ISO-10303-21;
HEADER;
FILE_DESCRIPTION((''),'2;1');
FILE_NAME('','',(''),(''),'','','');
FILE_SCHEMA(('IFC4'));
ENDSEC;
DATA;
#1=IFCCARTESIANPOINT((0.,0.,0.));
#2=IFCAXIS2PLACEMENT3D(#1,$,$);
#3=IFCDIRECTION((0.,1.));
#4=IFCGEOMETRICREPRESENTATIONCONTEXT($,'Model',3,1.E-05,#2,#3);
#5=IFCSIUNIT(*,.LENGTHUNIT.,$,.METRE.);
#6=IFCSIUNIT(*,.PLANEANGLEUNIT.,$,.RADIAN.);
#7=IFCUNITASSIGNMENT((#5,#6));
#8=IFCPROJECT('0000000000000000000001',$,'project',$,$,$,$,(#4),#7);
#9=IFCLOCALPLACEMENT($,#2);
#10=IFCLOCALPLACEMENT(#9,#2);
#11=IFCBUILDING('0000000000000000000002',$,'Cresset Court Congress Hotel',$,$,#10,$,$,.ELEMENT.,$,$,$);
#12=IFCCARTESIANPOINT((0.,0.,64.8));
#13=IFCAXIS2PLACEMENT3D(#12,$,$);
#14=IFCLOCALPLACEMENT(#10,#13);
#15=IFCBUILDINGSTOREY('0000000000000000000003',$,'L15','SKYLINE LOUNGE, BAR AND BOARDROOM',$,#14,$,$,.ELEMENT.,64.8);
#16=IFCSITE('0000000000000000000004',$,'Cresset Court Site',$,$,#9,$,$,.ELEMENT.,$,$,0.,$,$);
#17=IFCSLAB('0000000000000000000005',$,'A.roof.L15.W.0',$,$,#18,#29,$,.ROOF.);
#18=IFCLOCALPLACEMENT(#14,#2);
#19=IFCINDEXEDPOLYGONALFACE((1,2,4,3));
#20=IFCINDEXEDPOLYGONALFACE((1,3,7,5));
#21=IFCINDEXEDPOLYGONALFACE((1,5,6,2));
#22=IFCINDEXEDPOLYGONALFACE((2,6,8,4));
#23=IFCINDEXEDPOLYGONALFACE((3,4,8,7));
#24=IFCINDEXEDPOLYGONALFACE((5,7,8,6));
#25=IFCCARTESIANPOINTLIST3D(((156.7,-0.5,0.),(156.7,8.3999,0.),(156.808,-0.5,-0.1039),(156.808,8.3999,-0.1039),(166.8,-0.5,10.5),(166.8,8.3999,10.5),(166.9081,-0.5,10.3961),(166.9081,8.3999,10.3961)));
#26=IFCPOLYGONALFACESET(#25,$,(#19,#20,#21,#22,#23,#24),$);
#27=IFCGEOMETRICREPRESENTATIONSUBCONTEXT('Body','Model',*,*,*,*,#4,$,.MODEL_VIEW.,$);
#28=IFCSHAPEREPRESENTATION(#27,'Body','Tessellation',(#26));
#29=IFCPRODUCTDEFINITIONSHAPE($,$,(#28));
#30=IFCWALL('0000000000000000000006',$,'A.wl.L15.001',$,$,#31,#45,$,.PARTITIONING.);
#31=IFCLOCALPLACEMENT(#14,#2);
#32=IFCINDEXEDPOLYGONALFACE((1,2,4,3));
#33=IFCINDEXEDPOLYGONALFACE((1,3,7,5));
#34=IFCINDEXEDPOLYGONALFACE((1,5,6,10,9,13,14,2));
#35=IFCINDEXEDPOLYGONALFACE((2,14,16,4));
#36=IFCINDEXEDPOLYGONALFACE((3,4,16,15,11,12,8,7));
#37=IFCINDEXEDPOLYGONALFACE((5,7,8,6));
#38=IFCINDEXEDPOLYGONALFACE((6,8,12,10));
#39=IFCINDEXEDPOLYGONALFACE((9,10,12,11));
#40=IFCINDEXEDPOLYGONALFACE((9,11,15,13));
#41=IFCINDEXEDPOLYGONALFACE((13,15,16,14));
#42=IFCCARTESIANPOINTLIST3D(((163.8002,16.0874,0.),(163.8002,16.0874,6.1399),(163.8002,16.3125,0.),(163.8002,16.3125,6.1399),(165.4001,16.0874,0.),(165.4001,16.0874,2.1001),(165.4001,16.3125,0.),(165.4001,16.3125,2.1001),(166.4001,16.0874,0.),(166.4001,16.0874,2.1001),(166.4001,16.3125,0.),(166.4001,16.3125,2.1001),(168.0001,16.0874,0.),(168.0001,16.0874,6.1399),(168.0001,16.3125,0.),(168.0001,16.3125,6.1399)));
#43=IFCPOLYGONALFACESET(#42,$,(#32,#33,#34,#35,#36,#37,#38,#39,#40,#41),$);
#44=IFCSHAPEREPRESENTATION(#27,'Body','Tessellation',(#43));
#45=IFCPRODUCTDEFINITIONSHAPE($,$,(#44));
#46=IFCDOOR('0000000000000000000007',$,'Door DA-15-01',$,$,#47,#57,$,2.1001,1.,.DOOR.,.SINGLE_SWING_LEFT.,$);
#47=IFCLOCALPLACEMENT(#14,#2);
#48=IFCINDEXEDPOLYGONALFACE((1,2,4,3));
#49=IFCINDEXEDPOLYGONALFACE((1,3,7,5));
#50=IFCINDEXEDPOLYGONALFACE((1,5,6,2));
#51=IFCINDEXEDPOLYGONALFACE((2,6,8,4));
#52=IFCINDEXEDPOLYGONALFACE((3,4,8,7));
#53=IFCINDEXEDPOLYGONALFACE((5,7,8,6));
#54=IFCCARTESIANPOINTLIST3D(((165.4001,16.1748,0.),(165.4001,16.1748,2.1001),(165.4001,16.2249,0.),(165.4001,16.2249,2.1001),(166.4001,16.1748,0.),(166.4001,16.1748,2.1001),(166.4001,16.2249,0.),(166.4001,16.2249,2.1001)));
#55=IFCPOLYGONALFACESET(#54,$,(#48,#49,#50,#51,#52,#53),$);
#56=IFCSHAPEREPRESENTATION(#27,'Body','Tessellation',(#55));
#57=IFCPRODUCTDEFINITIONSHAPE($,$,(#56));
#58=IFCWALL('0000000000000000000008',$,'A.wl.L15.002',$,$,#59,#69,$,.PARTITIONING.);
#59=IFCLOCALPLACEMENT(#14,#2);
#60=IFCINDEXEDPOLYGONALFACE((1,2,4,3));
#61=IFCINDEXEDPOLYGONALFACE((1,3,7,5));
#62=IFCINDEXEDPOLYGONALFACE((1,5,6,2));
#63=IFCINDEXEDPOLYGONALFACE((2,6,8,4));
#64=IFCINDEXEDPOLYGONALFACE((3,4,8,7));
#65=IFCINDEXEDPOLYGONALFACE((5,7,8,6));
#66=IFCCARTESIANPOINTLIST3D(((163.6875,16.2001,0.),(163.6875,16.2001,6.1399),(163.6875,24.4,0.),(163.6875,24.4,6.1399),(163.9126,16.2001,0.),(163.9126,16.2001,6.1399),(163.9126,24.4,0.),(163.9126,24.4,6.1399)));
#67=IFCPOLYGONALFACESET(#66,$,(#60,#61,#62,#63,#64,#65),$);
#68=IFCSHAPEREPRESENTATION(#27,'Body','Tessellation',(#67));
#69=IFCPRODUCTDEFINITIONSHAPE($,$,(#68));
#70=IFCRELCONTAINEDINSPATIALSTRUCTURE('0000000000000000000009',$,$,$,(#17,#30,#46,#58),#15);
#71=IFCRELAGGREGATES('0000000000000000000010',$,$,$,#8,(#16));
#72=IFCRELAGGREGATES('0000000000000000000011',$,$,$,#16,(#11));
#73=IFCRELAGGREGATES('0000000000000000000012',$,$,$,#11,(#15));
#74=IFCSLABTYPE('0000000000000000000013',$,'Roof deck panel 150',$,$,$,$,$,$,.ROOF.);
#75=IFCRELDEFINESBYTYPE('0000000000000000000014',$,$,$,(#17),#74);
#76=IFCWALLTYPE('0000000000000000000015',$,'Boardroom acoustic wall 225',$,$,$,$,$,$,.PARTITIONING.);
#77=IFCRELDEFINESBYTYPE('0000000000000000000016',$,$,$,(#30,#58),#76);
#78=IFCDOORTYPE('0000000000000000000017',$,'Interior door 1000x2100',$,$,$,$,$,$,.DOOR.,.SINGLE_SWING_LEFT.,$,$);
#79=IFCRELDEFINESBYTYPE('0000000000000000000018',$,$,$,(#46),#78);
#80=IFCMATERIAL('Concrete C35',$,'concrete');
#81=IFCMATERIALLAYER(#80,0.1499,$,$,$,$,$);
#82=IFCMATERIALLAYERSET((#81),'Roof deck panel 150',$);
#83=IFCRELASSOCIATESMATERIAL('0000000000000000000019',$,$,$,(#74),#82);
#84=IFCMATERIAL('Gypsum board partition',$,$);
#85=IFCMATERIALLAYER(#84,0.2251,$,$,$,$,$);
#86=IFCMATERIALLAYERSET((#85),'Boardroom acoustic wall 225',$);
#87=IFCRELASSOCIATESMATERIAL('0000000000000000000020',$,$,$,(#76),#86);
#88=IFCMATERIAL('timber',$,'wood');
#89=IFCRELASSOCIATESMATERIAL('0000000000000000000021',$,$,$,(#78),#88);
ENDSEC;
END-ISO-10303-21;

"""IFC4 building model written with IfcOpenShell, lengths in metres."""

from ifc_helpers import new_model, si_unit, direction, frame, frame_2d, origin, place, context, subcontext, project, spatial, polyline, rectangle, outline, extrude, material, layer, layer_set, type_object, element, fill, save


model = new_model("IFC4")

# Units and contexts
model_context = context("Model", 3, precision=1e-05, world=origin(), true_north=direction((0.0, 1.0)))
body_context = subcontext(model_context, "Body", "Model", "MODEL_VIEW")
ifc_project = project(units=[si_unit("LENGTHUNIT", "METRE"), si_unit("PLANEANGLEUNIT", "RADIAN")], contexts=[model_context])

# Site, building, storey
site_placement = place(None, origin())
site = spatial("IfcSite", under=ifc_project, at=site_placement, Name="Cresset Court Site", CompositionType="ELEMENT", RefElevation=0.0)
building_placement = place(site_placement, origin())
building = spatial("IfcBuilding", under=site, at=building_placement, Name="Cresset Court Congress Hotel", CompositionType="ELEMENT")
storey_placement = place(building_placement, frame((0.0, 0.0, 64.8)))
storey = spatial("IfcBuildingStorey", under=building, at=storey_placement, Name="L15", Description="SKYLINE LOUNGE, BAR AND BOARDROOM", CompositionType="ELEMENT", Elevation=64.8)

# Slab
ifc_material_1 = material(Name="Concrete C35", Category="concrete")
ifc_layer_1 = layer(ifc_material_1, 0.1499)
ifc_layer_set_1 = layer_set([ifc_layer_1], Name="Roof deck panel 150")
slab_type = type_object("IfcSlabType", Name="Roof deck panel 150", PredefinedType="ROOF", material=ifc_layer_set_1)
slab_placement = place(storey_placement, frame((166.8, -0.5, 10.5), z_axis=(-0.720698, 0.0, 0.693249), x_axis=(-0.693249, 0.0, -0.720698)))
element("IfcSlab", 1, at=slab_placement, inside=storey, type_object=slab_type, Name="A.roof.L15.W.0", PredefinedType="ROOF", context=body_context, shape_type="SweptSolid", body=[
    extrude(outline(polyline([(0.0, 0.0), (14.5692, 0.0), (14.5692, -8.8999), (0.0, -8.8999), (0.0, 0.0)])), origin(), (0.0, 0.0, -1.0), 0.1499),
])

# Wall, opening, door
ifc_material_2 = material(Name="Gypsum board partition")
ifc_layer_2 = layer(ifc_material_2, 0.2251)
ifc_layer_set_2 = layer_set([ifc_layer_2], Name="Boardroom acoustic wall 225")
wall_type = type_object("IfcWallType", Name="Boardroom acoustic wall 225", PredefinedType="PARTITIONING", material=ifc_layer_set_2)
wall_1_placement = place(storey_placement, frame((163.8, 16.2, 0.0), z_axis=(0.0, 0.0, 1.0), x_axis=(1.0, 0.0, 0.0)))
wall_1 = element("IfcWall", 2, at=wall_1_placement, inside=storey, type_object=wall_type, Name="A.wl.L15.001", PredefinedType="PARTITIONING", context=body_context, shape_type="SweptSolid", body=[
    extrude(rectangle(XDim=4.2, YDim=0.2251, at=frame_2d((2.1001, 0.0))), origin(), (0.0, 0.0, 1.0), 6.1399),
])
opening_placement = place(wall_1_placement, frame((1.6001, 0.0, 0.0)))
opening = element("IfcOpeningElement", 3, at=opening_placement, cuts=wall_1, PredefinedType="OPENING", context=body_context, shape_type="SweptSolid", body=[
    extrude(rectangle(XDim=1.0, YDim=2.1001, at=frame_2d((0.5, 1.05))), frame((0.0, 0.1226, 0.0), z_axis=(0.0, -1.0, 0.0), x_axis=(1.0, 0.0, 0.0)), (0.0, 0.0, 1.0), 0.2451),
])
ifc_material_3 = material(Name="timber", Category="wood")
door_type = type_object("IfcDoorType", Name="Interior door 1000x2100", OperationType="SINGLE_SWING_LEFT", PredefinedType="DOOR", material=ifc_material_3)
door_placement = place(opening_placement, origin())
door = element("IfcDoor", 4, at=door_placement, inside=storey, type_object=door_type, Name="Door DA-15-01", OperationType="SINGLE_SWING_LEFT", OverallHeight=2.1001, OverallWidth=1.0, PredefinedType="DOOR", context=body_context, shape_type="SweptSolid", body=[
    extrude(rectangle(XDim=1.0, YDim=2.1001, at=frame_2d((0.5, 1.05))), frame((0.0, 0.0249, 0.0), z_axis=(0.0, -1.0, 0.0), x_axis=(1.0, 0.0, 0.0)), (0.0, 0.0, 1.0), 0.05),
])
fill(opening, door)

# Wall
wall_2_placement = place(storey_placement, frame((163.8, 16.2, 0.0), z_axis=(0.0, 0.0, 1.0), x_axis=(0.0, 1.0, 0.0)))
element("IfcWall", 5, at=wall_2_placement, inside=storey, type_object=wall_type, Name="A.wl.L15.002", PredefinedType="PARTITIONING", context=body_context, shape_type="SweptSolid", body=[
    extrude(rectangle(XDim=8.2, YDim=0.2251, at=frame_2d((4.1001, 0.0))), origin(), (0.0, 0.0, 1.0), 6.1399),
])

save(model, "model.ifc")
